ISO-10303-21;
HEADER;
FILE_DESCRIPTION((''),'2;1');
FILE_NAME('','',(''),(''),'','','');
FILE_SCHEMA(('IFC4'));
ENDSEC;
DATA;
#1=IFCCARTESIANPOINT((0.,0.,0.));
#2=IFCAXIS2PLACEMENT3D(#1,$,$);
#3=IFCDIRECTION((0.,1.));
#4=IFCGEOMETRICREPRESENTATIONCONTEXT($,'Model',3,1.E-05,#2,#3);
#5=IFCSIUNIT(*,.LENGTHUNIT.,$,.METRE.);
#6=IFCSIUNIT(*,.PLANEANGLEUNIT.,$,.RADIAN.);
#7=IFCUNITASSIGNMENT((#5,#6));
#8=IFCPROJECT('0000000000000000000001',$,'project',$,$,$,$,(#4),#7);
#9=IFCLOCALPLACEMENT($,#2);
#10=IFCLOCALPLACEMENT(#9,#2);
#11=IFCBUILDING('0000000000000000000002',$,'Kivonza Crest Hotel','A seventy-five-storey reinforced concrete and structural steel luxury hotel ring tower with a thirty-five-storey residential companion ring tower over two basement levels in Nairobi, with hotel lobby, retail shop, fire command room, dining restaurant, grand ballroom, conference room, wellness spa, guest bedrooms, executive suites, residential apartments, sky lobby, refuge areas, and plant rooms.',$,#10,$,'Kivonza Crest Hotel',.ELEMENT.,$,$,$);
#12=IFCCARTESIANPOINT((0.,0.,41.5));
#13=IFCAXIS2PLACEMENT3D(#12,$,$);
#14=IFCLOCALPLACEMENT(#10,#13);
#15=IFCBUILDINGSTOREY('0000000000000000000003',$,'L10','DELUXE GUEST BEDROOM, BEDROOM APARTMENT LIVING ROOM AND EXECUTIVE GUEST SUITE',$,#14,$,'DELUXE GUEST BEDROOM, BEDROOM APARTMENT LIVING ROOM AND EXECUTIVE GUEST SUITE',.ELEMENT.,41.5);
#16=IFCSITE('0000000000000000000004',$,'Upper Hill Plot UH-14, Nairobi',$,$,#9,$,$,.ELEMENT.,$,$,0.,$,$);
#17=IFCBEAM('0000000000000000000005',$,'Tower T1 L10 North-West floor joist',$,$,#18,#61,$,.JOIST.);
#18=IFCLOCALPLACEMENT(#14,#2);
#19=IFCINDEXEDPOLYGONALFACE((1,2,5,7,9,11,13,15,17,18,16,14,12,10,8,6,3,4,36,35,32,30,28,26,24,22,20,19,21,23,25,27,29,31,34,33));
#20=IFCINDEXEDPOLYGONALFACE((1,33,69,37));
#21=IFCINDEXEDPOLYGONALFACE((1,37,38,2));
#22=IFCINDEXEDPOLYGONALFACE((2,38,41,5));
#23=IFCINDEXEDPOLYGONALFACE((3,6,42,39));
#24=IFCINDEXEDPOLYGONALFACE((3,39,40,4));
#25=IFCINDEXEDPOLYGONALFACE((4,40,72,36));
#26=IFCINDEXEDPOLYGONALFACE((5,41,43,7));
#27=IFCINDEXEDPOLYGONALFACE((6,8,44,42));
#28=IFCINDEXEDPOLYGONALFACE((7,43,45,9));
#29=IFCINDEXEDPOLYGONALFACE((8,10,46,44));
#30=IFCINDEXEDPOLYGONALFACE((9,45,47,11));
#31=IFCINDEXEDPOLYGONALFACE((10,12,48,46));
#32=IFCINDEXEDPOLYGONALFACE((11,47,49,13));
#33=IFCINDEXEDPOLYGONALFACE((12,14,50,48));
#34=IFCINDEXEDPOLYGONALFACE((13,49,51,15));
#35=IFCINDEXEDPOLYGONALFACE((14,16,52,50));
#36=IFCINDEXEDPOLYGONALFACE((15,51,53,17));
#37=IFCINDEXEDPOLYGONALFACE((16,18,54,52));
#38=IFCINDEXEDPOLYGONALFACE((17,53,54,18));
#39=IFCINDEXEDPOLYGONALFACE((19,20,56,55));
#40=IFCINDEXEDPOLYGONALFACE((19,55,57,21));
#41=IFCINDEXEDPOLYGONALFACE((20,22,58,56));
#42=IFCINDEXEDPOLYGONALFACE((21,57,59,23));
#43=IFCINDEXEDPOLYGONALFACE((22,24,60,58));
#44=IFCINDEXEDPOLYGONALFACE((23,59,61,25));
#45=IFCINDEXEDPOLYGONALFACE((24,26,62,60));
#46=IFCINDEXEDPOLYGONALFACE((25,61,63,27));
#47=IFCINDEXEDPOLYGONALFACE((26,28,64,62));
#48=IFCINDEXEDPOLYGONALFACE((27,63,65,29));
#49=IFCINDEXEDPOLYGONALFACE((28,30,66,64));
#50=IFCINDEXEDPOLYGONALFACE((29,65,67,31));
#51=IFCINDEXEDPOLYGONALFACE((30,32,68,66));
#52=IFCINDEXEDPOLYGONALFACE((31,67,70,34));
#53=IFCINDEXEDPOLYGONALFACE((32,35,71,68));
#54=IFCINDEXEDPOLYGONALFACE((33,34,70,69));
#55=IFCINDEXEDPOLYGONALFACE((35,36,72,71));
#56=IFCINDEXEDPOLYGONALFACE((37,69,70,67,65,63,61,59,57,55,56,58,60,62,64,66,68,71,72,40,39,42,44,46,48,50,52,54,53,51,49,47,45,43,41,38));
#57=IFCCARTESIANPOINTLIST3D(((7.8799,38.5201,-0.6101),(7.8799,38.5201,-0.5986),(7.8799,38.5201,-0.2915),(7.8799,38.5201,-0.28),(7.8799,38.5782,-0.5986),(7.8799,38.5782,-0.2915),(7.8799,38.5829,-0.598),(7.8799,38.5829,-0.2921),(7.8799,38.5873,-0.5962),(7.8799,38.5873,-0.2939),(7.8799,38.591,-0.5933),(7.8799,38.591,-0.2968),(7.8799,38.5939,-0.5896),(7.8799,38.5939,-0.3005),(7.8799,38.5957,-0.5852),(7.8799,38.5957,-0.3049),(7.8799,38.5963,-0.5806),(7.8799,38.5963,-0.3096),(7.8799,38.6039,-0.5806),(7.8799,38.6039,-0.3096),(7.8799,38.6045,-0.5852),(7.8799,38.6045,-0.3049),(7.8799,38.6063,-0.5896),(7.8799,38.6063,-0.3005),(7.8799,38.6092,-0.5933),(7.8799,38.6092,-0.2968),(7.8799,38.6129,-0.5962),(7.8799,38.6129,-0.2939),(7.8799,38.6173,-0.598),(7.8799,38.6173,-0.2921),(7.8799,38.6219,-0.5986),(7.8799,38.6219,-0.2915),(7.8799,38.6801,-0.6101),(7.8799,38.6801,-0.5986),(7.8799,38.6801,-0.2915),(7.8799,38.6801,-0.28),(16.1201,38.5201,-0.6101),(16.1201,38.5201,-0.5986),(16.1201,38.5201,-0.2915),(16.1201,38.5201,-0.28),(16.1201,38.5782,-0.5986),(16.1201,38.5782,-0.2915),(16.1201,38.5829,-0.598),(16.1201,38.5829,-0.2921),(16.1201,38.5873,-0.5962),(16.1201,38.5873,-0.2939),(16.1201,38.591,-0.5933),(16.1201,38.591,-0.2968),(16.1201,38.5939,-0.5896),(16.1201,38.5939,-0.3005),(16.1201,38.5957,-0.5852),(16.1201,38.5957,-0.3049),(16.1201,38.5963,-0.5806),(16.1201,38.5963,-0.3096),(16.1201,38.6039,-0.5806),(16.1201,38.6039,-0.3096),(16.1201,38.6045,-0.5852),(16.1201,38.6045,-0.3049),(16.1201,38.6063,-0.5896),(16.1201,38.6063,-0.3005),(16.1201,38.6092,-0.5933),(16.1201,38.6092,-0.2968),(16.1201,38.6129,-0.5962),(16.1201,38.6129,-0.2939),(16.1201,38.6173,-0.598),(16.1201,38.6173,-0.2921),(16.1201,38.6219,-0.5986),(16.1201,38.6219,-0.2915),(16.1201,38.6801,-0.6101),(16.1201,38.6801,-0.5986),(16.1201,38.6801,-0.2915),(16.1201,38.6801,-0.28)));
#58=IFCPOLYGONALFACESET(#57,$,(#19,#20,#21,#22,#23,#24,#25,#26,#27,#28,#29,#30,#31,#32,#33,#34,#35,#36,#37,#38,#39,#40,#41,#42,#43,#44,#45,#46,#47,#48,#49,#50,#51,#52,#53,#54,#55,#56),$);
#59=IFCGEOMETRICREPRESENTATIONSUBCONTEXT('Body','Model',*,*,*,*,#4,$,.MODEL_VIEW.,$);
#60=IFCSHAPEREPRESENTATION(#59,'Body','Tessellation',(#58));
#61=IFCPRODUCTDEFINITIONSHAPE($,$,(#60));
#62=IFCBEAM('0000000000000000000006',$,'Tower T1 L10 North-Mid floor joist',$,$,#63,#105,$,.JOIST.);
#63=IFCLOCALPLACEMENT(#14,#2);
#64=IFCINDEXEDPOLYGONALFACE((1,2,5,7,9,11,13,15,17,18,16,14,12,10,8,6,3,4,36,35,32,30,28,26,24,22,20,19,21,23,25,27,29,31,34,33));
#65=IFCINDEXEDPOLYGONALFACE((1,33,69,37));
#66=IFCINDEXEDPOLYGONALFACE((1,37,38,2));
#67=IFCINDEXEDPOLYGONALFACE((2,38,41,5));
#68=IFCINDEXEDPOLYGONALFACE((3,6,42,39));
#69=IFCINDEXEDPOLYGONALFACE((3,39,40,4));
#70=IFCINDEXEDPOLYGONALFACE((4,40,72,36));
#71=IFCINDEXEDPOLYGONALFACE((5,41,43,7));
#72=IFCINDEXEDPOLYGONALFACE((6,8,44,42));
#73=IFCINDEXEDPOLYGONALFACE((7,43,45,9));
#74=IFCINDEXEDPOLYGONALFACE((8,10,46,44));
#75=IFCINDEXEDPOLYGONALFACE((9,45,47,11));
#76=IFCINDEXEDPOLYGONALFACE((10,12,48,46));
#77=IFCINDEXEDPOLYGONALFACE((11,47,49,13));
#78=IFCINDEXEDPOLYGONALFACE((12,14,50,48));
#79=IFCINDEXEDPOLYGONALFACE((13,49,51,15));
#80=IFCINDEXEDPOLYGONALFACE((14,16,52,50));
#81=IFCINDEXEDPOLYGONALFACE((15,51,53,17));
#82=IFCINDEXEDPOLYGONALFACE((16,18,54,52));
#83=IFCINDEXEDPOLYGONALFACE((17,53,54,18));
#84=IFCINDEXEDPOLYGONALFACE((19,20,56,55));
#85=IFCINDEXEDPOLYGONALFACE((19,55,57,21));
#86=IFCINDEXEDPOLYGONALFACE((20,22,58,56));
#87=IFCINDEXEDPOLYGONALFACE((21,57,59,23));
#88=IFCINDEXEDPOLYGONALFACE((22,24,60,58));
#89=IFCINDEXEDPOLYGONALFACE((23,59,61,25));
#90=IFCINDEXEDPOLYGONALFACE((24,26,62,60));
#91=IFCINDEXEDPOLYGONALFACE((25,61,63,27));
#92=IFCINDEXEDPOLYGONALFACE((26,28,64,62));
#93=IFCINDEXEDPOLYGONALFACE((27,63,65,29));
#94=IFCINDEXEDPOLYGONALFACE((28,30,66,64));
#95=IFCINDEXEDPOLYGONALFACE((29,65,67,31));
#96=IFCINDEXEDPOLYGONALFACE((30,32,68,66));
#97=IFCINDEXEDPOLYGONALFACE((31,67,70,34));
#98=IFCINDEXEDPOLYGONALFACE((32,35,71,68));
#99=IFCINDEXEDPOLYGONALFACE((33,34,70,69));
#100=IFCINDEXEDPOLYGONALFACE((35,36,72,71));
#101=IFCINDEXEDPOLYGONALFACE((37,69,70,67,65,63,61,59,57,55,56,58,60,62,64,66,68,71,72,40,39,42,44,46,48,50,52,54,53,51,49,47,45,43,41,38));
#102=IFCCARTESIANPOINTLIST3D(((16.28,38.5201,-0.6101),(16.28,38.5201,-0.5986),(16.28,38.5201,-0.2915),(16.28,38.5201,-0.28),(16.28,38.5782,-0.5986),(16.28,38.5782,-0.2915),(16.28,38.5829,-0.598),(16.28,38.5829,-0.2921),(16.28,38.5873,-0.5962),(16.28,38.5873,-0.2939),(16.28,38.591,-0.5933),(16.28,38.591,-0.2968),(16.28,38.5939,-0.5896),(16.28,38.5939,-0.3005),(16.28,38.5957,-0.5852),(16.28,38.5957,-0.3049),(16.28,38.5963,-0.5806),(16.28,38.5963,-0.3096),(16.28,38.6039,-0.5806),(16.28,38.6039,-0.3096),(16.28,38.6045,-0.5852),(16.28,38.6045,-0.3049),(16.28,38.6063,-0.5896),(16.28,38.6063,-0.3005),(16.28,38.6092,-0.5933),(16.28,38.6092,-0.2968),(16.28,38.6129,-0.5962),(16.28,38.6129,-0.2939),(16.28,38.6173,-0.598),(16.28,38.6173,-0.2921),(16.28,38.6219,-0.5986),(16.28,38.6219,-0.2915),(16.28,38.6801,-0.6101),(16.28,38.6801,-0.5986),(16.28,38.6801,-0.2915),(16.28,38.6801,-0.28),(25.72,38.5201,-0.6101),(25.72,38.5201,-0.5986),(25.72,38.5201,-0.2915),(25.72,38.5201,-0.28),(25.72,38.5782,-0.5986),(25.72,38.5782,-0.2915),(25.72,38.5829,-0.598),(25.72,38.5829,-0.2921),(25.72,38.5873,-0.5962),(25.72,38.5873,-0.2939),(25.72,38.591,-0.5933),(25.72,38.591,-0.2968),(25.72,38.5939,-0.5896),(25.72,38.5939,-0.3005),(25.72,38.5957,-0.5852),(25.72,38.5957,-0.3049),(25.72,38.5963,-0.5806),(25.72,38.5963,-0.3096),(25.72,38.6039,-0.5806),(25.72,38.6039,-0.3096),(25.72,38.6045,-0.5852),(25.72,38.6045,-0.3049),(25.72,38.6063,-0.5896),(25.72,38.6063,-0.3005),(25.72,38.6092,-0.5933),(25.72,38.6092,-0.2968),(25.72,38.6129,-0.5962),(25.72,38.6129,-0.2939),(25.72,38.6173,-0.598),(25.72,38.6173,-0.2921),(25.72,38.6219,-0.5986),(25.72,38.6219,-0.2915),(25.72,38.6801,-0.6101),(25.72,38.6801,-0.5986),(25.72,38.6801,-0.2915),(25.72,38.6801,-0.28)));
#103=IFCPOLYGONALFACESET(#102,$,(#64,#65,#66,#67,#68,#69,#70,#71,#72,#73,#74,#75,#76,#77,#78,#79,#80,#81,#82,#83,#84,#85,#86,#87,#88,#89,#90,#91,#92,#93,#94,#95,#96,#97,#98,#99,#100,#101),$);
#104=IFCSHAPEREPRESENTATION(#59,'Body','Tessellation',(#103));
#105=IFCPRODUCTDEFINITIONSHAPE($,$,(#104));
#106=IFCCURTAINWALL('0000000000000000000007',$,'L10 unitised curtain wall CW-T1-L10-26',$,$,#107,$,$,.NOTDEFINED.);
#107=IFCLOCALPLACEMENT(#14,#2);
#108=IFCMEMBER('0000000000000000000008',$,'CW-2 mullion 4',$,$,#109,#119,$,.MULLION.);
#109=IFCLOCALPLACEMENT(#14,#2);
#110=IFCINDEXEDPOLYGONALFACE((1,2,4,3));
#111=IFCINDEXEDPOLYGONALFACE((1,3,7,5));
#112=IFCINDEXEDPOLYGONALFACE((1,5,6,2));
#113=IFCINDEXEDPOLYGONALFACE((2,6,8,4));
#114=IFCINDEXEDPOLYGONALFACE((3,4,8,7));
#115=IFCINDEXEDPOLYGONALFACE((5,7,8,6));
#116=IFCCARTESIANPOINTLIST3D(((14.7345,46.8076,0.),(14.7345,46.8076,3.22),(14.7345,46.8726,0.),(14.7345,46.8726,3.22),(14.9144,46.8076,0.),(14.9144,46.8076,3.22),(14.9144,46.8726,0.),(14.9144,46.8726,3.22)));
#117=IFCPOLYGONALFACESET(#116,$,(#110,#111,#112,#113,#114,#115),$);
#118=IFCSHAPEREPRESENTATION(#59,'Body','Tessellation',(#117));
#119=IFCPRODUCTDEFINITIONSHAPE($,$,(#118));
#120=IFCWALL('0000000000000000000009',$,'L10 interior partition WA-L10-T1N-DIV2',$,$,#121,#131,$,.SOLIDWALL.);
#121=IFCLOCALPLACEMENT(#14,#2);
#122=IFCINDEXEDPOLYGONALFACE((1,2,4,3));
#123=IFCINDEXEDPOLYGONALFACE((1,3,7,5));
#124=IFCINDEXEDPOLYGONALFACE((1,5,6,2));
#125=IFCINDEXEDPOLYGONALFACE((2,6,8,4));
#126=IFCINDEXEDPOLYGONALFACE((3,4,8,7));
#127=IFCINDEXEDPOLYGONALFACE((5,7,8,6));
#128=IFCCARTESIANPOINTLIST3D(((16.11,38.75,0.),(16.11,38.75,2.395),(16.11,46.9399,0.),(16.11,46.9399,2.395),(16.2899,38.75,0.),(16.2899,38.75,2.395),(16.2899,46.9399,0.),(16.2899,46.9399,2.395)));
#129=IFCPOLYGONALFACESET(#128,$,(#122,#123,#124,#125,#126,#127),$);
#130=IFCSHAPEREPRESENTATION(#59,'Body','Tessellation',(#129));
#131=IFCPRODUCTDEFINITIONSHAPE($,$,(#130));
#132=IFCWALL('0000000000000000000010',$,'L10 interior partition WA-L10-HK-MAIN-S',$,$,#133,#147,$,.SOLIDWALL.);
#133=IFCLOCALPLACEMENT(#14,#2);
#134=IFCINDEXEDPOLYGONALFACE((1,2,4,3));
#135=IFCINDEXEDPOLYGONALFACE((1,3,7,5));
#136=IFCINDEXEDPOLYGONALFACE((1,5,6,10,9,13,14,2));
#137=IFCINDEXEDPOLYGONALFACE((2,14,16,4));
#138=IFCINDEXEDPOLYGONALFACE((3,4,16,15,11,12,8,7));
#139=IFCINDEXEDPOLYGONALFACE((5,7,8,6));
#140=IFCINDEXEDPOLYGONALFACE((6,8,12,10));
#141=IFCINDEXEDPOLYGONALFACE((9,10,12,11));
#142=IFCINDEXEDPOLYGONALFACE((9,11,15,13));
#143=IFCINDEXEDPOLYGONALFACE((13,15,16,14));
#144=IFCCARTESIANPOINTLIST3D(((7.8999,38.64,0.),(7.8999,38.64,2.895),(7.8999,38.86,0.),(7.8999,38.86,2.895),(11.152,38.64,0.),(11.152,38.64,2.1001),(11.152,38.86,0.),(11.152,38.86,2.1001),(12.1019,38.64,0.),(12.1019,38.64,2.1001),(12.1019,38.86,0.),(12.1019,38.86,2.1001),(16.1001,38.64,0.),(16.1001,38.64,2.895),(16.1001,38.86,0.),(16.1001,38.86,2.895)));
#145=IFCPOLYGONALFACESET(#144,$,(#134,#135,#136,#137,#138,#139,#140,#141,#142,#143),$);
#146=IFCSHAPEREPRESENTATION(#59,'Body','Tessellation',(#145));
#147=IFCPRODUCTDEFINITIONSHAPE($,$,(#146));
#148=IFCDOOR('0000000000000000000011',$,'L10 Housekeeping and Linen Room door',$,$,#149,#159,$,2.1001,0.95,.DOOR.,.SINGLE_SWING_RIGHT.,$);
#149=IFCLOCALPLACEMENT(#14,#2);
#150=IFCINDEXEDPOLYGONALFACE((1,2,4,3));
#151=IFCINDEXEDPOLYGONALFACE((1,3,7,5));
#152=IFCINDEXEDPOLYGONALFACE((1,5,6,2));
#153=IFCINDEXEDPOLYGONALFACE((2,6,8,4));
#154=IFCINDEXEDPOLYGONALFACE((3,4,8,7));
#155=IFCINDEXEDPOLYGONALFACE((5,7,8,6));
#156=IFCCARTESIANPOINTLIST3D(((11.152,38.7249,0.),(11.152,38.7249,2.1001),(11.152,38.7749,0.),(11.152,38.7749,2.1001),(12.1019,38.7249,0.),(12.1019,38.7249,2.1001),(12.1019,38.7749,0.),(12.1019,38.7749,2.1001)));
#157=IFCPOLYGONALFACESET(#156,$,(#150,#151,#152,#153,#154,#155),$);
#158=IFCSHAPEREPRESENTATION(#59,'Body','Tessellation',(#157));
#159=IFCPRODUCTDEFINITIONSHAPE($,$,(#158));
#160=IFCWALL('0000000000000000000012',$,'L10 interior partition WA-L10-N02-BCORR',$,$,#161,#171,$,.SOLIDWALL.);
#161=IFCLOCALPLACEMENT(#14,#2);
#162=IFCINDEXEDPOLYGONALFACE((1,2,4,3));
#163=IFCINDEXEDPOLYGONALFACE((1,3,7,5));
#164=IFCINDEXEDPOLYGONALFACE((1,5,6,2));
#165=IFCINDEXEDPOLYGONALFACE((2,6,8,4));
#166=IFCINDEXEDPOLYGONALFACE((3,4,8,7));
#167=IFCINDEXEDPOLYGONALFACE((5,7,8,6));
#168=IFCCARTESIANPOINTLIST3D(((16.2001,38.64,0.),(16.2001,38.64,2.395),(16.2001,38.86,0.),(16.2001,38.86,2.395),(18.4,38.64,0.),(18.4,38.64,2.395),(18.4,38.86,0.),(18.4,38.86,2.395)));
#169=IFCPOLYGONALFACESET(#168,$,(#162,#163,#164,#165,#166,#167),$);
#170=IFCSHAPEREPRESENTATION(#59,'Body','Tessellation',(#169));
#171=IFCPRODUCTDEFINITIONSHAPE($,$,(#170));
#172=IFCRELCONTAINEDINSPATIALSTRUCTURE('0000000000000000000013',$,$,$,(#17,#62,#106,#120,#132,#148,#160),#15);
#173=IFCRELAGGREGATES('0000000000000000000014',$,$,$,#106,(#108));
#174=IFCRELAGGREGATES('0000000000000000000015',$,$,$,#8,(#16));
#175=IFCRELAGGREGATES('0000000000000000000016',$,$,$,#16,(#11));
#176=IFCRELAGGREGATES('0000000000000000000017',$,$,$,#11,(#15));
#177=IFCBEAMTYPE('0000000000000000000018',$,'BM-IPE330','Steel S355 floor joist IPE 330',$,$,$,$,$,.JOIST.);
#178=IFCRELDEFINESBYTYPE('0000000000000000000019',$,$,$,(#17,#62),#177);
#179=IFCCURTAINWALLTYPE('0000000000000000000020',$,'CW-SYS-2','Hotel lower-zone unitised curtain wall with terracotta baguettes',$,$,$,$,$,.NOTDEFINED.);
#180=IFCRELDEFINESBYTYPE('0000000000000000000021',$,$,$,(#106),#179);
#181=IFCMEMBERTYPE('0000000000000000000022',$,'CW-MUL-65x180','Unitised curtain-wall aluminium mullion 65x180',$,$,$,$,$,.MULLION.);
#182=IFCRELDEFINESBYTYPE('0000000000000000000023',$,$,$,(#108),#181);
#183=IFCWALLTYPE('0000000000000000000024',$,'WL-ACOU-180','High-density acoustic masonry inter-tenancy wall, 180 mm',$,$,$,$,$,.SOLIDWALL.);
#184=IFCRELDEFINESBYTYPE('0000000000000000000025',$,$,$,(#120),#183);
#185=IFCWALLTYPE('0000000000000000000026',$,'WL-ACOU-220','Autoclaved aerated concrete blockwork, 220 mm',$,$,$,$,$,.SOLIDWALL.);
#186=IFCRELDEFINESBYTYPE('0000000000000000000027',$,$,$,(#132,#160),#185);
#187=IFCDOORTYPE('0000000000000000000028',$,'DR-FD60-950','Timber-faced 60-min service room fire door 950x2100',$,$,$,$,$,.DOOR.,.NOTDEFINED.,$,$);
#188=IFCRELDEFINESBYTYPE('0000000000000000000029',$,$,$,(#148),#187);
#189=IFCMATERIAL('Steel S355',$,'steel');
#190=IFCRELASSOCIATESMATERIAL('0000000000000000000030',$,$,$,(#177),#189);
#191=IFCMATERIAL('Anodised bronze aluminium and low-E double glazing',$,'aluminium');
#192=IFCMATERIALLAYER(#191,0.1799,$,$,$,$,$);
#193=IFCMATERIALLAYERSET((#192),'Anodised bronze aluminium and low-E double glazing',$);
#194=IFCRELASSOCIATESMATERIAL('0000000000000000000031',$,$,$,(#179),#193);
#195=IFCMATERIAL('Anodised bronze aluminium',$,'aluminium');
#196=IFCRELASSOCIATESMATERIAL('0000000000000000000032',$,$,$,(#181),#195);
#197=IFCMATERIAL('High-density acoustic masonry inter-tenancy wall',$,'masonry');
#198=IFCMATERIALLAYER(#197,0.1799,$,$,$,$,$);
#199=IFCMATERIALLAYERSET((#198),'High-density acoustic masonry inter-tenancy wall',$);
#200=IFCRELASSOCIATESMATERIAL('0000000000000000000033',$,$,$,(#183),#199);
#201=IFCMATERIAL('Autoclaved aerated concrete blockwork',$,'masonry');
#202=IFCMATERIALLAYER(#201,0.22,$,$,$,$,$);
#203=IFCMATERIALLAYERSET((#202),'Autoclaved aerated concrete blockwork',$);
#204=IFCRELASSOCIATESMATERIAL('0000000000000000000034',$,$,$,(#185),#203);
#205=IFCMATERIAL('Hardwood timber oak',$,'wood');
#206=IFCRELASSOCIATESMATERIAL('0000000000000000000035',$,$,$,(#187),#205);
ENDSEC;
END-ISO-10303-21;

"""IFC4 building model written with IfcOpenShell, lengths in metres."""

from ifc_helpers import new_model, si_unit, direction, frame, frame_2d, origin, origin_2d, place, context, subcontext, project, spatial, rectangle, i_section, extrude, material, layer, layer_set, material_profile, profile_set, type_object, element, fill, aggregate, save


model = new_model("IFC4")

# Units and contexts
model_context = context("Model", 3, precision=1e-05, world=origin(), true_north=direction((0.0, 1.0)))
body_context = subcontext(model_context, "Body", "Model", "MODEL_VIEW")
ifc_project = project(units=[si_unit("LENGTHUNIT", "METRE"), si_unit("PLANEANGLEUNIT", "RADIAN")], contexts=[model_context])

# Site, building, storey
site_placement = place(None, origin())
site = spatial("IfcSite", under=ifc_project, at=site_placement, Name="Upper Hill Plot UH-14, Nairobi", CompositionType="ELEMENT", RefElevation=0.0)
building_placement = place(site_placement, origin())
building = spatial("IfcBuilding", under=site, at=building_placement, Name="Kivonza Crest Hotel", Description="A seventy-five-storey reinforced concrete and structural steel luxury hotel ring tower with a thirty-five-storey residential companion ring tower over two basement levels in Nairobi, with hotel lobby, retail shop, fire command room, dining restaurant, grand ballroom, conference room, wellness spa, guest bedrooms, executive suites, residential apartments, sky lobby, refuge areas, and plant rooms.", LongName="Kivonza Crest Hotel", CompositionType="ELEMENT")
storey_placement = place(building_placement, frame((0.0, 0.0, 41.5)))
storey = spatial("IfcBuildingStorey", under=building, at=storey_placement, Name="L10", Description="DELUXE GUEST BEDROOM, BEDROOM APARTMENT LIVING ROOM AND EXECUTIVE GUEST SUITE", LongName="DELUXE GUEST BEDROOM, BEDROOM APARTMENT LIVING ROOM AND EXECUTIVE GUEST SUITE", CompositionType="ELEMENT", Elevation=41.5)

# Beams
ifc_material_1 = material(Name="Steel S355", Category="steel")
ifc_material_profile_1 = material_profile(ifc_material_1, i_section(OverallWidth=0.1599, OverallDepth=0.3301, WebThickness=0.0076, FlangeThickness=0.0115, FilletRadius=0.0181, at=origin_2d()), Name="IPE 330")
ifc_profile_set_1 = profile_set([ifc_material_profile_1], Name="Steel S355")
beam_type_1 = type_object("IfcBeamType", Name="BM-IPE330", Description="Steel S355 floor joist IPE 330", PredefinedType="JOIST", material=ifc_profile_set_1)
beam_1_placement = place(storey_placement, frame((7.8799, 38.6001, -0.4451), z_axis=(1.0, 0.0, 0.0), x_axis=(0.0, 1.0, 0.0)))
element("IfcBeam", 1, at=beam_1_placement, inside=storey, type_object=beam_type_1, Name="Tower T1 L10 North-West floor joist", PredefinedType="JOIST", context=body_context, shape_type="SweptSolid", body=[
    extrude(i_section(OverallWidth=0.1599, OverallDepth=0.3301, WebThickness=0.0076, FlangeThickness=0.0115, FilletRadius=0.0181, at=origin_2d()), origin(), (0.0, 0.0, 1.0), 8.2402),
])
beam_2_placement = place(storey_placement, frame((16.28, 38.6001, -0.4451), z_axis=(1.0, 0.0, 0.0), x_axis=(0.0, 1.0, 0.0)))
element("IfcBeam", 2, at=beam_2_placement, inside=storey, type_object=beam_type_1, Name="Tower T1 L10 North-Mid floor joist", PredefinedType="JOIST", context=body_context, shape_type="SweptSolid", body=[
    extrude(i_section(OverallWidth=0.1599, OverallDepth=0.3301, WebThickness=0.0076, FlangeThickness=0.0115, FilletRadius=0.0181, at=origin_2d()), origin(), (0.0, 0.0, 1.0), 9.4399),
])

# Curtain wall, member
ifc_material_2 = material(Name="Anodised bronze aluminium and low-E double glazing", Category="aluminium")
ifc_layer_1 = layer(ifc_material_2, 0.1799)
ifc_layer_set_1 = layer_set([ifc_layer_1], Name="Anodised bronze aluminium and low-E double glazing")
curtain_wall_type = type_object("IfcCurtainWallType", Name="CW-SYS-2", Description="Hotel lower-zone unitised curtain wall with terracotta baguettes", PredefinedType="NOTDEFINED", material=ifc_layer_set_1)
curtain_wall_placement = place(storey_placement, origin())
curtain_wall = element("IfcCurtainWall", 3, at=curtain_wall_placement, inside=storey, type_object=curtain_wall_type, Name="L10 unitised curtain wall CW-T1-L10-26", PredefinedType="NOTDEFINED")
ifc_material_3 = material(Name="Anodised bronze aluminium", Category="aluminium")
ifc_material_profile_2 = material_profile(ifc_material_3, rectangle(XDim=0.0649, YDim=0.1799, at=origin_2d()), Name="CW-M 65x180")
ifc_profile_set_2 = profile_set([ifc_material_profile_2], Name="Anodised bronze aluminium")
member_type = type_object("IfcMemberType", Name="CW-MUL-65x180", Description="Unitised curtain-wall aluminium mullion 65x180", PredefinedType="MULLION", material=ifc_profile_set_2)
member_placement = place(storey_placement, frame((14.8245, 46.8401, 0.0), z_axis=(0.0, 0.0, 1.0), x_axis=(0.0, -1.0, 0.0)))
member = element("IfcMember", 4, at=member_placement, type_object=member_type, Name="CW-2 mullion 4", PredefinedType="MULLION", context=body_context, shape_type="SweptSolid", body=[
    extrude(rectangle(XDim=0.0649, YDim=0.1799, at=origin_2d()), origin(), (0.0, 0.0, 1.0), 3.22),
])
aggregate(curtain_wall, [member])

# Wall
ifc_material_4 = material(Name="High-density acoustic masonry inter-tenancy wall", Category="masonry")
ifc_layer_2 = layer(ifc_material_4, 0.1799)
ifc_layer_set_2 = layer_set([ifc_layer_2], Name="High-density acoustic masonry inter-tenancy wall")
wall_type_1 = type_object("IfcWallType", Name="WL-ACOU-180", Description="High-density acoustic masonry inter-tenancy wall, 180 mm", PredefinedType="SOLIDWALL", material=ifc_layer_set_2)
wall_1_placement = place(storey_placement, frame((16.2, 38.75, 0.0), z_axis=(0.0, 0.0, 1.0), x_axis=(0.0, 1.0, 0.0)))
element("IfcWall", 5, at=wall_1_placement, inside=storey, type_object=wall_type_1, Name="L10 interior partition WA-L10-T1N-DIV2", PredefinedType="SOLIDWALL", context=body_context, shape_type="SweptSolid", body=[
    extrude(rectangle(XDim=8.1899, YDim=0.1799, at=frame_2d((4.095, 0.0))), origin(), (0.0, 0.0, 1.0), 2.395),
])

# Wall, opening, door
ifc_material_5 = material(Name="Autoclaved aerated concrete blockwork", Category="masonry")
ifc_layer_3 = layer(ifc_material_5, 0.22)
ifc_layer_set_3 = layer_set([ifc_layer_3], Name="Autoclaved aerated concrete blockwork")
wall_type_2 = type_object("IfcWallType", Name="WL-ACOU-220", Description="Autoclaved aerated concrete blockwork, 220 mm", PredefinedType="SOLIDWALL", material=ifc_layer_set_3)
wall_2_placement = place(storey_placement, frame((7.8999, 38.75, 0.0), z_axis=(0.0, 0.0, 1.0), x_axis=(1.0, 0.0, 0.0)))
wall_2 = element("IfcWall", 6, at=wall_2_placement, inside=storey, type_object=wall_type_2, Name="L10 interior partition WA-L10-HK-MAIN-S", PredefinedType="SOLIDWALL", context=body_context, shape_type="SweptSolid", body=[
    extrude(rectangle(XDim=8.2002, YDim=0.22, at=frame_2d((4.1001, 0.0))), origin(), (0.0, 0.0, 1.0), 2.895),
])
opening_1_placement = place(wall_2_placement, frame((3.252, 0.0, 0.0)))
opening_1 = element("IfcOpeningElement", 7, at=opening_1_placement, cuts=wall_2, PredefinedType="OPENING", context=body_context, shape_type="SweptSolid", body=[
    extrude(rectangle(XDim=0.95, YDim=2.1001, at=frame_2d((0.4751, 1.05))), frame((0.0, 0.1201, 0.0), z_axis=(0.0, -1.0, 0.0), x_axis=(1.0, 0.0, 0.0)), (0.0, 0.0, 1.0), 0.24),
])
ifc_material_6 = material(Name="Hardwood timber oak", Category="wood")
door_type = type_object("IfcDoorType", Name="DR-FD60-950", Description="Timber-faced 60-min service room fire door 950x2100", OperationType="NOTDEFINED", PredefinedType="DOOR", material=ifc_material_6)
door_placement = place(opening_1_placement, origin())
door = element("IfcDoor", 8, at=door_placement, inside=storey, type_object=door_type, Name="L10 Housekeeping and Linen Room door", OperationType="SINGLE_SWING_RIGHT", OverallHeight=2.1001, OverallWidth=0.95, PredefinedType="DOOR", context=body_context, shape_type="SweptSolid", body=[
    extrude(rectangle(XDim=0.95, YDim=2.1001, at=frame_2d((0.4751, 1.05))), frame((0.0, 0.0249, 0.0), z_axis=(0.0, -1.0, 0.0), x_axis=(1.0, 0.0, 0.0)), (0.0, 0.0, 1.0), 0.05),
])
fill(opening_1, door)

# Wall
wall_3_placement = place(storey_placement, frame((16.2, 38.75, 0.0), z_axis=(0.0, 0.0, 1.0), x_axis=(1.0, 0.0, 0.0)))
element("IfcWall", 9, at=wall_3_placement, inside=storey, type_object=wall_type_2, Name="L10 interior partition WA-L10-N02-BCORR", PredefinedType="SOLIDWALL", context=body_context, shape_type="SweptSolid", body=[
    extrude(rectangle(XDim=2.2, YDim=0.22, at=frame_2d((1.1001, 0.0))), origin(), (0.0, 0.0, 1.0), 2.395),
])

save(model, "model.ifc")
